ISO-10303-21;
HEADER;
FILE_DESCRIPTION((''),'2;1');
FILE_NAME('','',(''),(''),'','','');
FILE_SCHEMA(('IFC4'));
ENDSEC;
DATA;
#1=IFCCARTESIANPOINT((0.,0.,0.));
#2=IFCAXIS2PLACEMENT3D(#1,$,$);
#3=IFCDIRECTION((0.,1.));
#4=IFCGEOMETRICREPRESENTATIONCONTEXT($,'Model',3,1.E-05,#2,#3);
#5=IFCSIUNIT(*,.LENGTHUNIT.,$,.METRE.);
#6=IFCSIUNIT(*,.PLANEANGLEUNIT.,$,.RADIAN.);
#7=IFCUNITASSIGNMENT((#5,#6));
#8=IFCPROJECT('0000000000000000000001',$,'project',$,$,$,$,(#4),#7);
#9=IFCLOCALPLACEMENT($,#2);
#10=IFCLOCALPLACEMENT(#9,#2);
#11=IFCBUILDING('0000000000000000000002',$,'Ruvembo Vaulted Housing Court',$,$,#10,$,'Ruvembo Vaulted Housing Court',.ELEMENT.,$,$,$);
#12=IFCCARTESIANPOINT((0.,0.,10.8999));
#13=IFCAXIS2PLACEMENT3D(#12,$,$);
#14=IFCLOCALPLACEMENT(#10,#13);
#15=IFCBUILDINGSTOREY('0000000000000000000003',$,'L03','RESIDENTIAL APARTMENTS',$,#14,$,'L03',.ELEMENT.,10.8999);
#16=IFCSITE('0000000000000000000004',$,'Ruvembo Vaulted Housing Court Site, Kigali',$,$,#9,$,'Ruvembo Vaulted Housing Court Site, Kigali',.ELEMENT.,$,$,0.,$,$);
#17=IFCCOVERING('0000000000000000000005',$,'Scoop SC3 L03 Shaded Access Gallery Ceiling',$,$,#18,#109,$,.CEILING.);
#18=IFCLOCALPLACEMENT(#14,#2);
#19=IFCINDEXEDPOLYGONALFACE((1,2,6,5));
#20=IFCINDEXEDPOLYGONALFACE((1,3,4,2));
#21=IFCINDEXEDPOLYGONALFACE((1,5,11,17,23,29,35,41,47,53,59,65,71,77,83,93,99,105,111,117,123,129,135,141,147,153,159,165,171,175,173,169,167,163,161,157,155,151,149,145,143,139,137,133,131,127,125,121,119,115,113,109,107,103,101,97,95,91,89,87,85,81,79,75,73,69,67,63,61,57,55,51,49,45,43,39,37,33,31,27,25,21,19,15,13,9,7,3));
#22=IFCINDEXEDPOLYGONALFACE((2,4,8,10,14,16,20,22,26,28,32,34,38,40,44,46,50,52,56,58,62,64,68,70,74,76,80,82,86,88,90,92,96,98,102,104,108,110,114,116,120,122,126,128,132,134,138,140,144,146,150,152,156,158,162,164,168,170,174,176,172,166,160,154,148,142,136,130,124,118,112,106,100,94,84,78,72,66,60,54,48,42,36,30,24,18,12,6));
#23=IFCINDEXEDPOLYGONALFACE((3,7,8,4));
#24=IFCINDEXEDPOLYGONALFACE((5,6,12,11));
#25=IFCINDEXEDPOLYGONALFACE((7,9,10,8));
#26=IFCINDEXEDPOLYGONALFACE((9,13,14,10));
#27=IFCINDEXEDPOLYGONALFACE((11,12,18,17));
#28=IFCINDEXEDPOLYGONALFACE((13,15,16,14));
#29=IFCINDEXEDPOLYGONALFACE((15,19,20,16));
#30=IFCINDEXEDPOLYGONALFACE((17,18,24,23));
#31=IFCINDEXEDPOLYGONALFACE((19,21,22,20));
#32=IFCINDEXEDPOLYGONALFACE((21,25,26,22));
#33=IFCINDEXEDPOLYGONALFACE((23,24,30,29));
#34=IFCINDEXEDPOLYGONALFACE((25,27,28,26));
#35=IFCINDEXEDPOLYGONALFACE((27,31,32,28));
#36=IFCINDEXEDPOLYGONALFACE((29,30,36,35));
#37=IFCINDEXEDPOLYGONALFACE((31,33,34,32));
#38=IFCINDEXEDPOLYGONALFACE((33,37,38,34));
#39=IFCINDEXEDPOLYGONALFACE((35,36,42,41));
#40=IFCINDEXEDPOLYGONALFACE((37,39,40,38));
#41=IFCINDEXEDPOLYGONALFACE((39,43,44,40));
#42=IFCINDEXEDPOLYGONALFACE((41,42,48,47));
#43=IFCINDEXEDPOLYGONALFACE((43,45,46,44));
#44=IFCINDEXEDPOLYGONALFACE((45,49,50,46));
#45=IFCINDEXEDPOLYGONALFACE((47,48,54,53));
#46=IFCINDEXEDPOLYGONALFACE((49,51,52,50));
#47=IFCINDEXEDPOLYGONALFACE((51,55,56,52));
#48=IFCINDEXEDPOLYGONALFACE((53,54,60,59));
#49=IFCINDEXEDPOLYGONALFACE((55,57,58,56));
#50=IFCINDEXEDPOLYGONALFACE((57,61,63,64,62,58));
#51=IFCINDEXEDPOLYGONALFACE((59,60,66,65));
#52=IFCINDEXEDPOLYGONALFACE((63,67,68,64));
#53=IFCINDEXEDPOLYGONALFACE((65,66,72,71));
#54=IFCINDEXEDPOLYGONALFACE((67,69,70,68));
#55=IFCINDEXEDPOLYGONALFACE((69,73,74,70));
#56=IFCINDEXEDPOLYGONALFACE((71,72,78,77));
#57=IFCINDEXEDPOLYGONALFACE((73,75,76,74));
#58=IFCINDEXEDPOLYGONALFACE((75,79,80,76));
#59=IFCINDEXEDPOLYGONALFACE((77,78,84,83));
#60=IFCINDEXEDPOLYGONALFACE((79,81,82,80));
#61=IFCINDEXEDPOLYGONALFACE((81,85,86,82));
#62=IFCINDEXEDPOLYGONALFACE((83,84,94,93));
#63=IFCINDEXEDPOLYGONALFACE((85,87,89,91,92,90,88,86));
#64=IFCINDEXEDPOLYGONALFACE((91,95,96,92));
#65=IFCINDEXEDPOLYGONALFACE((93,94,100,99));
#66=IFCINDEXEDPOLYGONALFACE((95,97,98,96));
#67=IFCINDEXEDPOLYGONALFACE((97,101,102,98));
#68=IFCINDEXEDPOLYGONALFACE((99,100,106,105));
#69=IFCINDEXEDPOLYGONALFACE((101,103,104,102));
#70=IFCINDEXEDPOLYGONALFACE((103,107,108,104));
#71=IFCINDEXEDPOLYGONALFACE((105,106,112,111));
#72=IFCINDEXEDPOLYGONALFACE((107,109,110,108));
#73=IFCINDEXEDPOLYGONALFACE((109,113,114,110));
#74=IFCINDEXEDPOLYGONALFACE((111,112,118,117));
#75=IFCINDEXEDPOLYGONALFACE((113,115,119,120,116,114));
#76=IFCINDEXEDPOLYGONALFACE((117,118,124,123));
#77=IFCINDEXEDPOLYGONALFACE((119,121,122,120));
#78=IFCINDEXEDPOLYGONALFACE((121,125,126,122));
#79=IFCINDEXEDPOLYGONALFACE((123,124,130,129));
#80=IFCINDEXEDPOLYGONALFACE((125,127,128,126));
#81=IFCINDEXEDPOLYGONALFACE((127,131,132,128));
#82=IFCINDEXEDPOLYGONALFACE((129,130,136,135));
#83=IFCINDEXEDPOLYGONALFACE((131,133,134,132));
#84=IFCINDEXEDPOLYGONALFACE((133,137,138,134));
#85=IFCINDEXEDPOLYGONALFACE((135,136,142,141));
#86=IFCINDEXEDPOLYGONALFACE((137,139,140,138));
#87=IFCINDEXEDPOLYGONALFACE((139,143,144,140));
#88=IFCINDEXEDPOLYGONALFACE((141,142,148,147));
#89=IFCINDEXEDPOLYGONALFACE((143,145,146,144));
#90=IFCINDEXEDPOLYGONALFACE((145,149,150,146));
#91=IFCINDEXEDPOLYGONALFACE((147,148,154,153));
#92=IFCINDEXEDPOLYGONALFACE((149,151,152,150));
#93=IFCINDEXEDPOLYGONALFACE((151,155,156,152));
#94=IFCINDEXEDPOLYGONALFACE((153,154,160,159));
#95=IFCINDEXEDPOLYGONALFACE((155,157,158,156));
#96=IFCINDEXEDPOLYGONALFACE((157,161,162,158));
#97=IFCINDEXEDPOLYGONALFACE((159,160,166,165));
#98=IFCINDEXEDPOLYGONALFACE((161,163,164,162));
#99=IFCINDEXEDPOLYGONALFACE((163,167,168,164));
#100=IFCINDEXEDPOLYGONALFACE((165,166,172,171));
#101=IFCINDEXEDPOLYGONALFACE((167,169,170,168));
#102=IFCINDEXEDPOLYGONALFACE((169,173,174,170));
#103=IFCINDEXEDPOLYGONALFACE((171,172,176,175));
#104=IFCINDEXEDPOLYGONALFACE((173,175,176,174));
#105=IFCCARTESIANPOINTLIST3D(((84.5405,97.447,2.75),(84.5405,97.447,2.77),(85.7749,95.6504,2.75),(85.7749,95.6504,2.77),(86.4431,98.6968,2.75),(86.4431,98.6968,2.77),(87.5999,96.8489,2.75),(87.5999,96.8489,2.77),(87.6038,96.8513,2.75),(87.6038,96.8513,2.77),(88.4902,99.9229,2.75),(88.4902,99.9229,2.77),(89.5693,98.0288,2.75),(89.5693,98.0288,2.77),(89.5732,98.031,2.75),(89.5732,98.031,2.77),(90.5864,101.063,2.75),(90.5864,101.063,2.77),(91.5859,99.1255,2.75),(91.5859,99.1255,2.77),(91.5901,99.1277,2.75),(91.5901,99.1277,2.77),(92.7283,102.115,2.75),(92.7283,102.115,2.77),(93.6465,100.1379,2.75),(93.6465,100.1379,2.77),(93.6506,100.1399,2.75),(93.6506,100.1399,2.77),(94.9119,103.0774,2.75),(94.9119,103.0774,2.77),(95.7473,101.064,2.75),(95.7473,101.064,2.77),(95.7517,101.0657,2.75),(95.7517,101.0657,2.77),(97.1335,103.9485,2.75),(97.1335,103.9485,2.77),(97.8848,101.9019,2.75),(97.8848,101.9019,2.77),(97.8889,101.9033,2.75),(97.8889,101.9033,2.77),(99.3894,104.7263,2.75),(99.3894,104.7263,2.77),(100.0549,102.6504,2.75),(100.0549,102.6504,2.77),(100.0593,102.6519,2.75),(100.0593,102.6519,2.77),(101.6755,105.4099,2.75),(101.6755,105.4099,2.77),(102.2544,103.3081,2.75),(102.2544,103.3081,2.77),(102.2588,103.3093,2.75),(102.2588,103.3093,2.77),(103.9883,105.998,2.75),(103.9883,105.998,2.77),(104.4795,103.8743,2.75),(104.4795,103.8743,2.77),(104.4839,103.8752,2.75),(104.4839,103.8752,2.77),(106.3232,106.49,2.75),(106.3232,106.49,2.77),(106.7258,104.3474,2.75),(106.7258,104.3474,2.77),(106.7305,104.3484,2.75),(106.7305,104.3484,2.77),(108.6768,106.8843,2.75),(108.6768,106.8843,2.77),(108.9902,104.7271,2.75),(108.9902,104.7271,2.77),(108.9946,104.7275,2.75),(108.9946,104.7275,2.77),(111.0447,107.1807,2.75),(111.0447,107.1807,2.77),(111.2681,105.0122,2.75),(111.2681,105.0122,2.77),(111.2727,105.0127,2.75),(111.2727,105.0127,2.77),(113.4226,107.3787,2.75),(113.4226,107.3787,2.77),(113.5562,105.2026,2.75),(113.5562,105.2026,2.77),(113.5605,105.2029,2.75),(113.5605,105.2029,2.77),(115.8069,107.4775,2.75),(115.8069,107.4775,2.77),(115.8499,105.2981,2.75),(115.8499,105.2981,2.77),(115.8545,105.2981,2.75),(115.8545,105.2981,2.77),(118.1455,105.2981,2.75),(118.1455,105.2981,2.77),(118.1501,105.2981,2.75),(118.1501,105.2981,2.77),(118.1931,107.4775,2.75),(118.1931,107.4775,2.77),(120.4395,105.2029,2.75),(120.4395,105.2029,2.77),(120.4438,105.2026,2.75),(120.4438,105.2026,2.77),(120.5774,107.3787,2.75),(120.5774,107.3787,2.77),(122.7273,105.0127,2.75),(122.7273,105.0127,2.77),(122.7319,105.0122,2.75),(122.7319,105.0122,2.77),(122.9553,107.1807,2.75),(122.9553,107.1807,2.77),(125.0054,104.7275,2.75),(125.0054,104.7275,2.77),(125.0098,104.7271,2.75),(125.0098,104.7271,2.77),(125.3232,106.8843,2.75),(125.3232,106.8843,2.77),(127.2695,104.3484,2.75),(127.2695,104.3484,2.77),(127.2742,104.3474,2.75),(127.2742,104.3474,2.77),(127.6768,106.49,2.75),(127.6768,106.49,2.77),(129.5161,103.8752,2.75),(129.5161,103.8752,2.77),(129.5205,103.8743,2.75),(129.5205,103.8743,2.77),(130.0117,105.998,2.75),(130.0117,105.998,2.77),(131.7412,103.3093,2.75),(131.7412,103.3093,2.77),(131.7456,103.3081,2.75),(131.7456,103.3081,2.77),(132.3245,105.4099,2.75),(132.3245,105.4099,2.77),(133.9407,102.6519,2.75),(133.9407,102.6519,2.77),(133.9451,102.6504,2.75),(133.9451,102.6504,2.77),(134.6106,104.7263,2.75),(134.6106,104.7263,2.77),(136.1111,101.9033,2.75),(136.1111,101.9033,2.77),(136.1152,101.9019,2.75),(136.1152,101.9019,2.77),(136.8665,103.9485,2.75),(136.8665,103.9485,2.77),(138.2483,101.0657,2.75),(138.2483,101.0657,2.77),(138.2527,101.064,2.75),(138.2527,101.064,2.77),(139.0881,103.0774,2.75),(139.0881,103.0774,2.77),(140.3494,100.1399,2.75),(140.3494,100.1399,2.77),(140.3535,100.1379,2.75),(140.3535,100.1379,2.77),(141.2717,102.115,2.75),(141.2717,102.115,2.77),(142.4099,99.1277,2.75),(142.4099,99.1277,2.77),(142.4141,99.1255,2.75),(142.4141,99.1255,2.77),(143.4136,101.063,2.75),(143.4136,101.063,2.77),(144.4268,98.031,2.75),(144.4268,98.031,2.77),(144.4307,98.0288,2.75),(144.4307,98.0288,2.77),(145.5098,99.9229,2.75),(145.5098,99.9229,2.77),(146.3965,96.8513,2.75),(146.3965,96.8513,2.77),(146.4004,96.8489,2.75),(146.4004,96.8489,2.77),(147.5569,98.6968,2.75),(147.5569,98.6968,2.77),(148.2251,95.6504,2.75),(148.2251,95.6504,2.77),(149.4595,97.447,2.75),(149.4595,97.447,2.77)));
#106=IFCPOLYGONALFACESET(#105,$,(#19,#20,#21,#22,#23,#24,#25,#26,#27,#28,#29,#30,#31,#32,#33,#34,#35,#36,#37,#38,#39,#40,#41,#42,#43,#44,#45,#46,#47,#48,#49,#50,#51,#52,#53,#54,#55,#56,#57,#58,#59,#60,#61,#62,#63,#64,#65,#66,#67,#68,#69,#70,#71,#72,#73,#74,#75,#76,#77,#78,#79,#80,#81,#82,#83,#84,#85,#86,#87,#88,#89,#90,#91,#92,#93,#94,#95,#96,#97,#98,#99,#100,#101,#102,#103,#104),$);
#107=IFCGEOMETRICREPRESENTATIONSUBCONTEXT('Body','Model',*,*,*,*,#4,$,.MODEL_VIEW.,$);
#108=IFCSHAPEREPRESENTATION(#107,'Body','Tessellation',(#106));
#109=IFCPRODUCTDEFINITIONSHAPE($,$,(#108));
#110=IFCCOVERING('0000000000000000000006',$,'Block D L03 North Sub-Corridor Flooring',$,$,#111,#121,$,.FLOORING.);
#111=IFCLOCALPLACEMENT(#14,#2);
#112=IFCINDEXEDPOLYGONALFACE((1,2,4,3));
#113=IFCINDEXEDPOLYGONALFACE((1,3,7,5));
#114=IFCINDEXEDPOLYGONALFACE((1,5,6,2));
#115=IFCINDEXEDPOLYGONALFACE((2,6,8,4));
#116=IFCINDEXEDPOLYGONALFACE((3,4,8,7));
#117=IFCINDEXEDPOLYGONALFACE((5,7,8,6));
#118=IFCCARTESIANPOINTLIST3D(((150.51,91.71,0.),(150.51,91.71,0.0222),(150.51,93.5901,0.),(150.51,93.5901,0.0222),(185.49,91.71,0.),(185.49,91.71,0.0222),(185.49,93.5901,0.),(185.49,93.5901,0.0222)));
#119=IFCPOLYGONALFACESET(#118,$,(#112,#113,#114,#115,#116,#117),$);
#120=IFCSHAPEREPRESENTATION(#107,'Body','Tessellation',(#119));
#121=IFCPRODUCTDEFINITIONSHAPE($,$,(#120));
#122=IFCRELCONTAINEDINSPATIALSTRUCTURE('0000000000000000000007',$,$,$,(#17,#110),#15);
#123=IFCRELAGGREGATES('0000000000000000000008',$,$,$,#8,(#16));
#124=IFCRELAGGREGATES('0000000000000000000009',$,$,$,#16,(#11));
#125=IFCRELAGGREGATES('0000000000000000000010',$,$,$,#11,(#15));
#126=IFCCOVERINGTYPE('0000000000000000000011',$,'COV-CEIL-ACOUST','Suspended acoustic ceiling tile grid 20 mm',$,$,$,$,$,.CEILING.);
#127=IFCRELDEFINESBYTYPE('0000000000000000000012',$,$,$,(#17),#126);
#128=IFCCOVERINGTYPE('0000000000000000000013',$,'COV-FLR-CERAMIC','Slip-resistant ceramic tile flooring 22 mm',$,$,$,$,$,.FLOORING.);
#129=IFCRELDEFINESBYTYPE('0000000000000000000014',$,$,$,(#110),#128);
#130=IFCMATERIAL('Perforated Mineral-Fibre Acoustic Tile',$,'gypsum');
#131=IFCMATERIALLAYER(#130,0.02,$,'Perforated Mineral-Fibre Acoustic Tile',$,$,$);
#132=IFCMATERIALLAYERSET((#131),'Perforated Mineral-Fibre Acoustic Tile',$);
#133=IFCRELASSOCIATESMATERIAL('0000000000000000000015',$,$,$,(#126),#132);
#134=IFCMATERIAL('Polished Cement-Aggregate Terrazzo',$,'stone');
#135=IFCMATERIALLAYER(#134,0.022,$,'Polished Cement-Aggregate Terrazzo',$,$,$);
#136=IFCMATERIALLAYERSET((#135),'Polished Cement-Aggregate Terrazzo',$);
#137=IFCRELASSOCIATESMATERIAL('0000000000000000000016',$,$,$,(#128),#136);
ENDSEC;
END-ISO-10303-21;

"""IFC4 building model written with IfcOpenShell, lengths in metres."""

from ifc_helpers import new_model, si_unit, direction, frame, origin, place, context, subcontext, project, spatial, polyline, outline, extrude, material, layer, layer_set, type_object, element, save


model = new_model("IFC4")

# Units and contexts
model_context = context("Model", 3, precision=1e-05, world=origin(), true_north=direction((0.0, 1.0)))
body_context = subcontext(model_context, "Body", "Model", "MODEL_VIEW")
ifc_project = project(units=[si_unit("LENGTHUNIT", "METRE"), si_unit("PLANEANGLEUNIT", "RADIAN")], contexts=[model_context])

# Site, building, storey
site_placement = place(None, origin())
site = spatial("IfcSite", under=ifc_project, at=site_placement, Name="Ruvembo Vaulted Housing Court Site, Kigali", LongName="Ruvembo Vaulted Housing Court Site, Kigali", CompositionType="ELEMENT", RefElevation=0.0)
building_placement = place(site_placement, origin())
building = spatial("IfcBuilding", under=site, at=building_placement, Name="Ruvembo Vaulted Housing Court", LongName="Ruvembo Vaulted Housing Court", CompositionType="ELEMENT")
storey_placement = place(building_placement, frame((0.0, 0.0, 10.8999)))
storey = spatial("IfcBuildingStorey", under=building, at=storey_placement, Name="L03", Description="RESIDENTIAL APARTMENTS", LongName="L03", CompositionType="ELEMENT", Elevation=10.8999)

# Coverings
ifc_material_1 = material(Name="Perforated Mineral-Fibre Acoustic Tile", Category="gypsum")
ifc_layer_1 = layer(ifc_material_1, 0.02, Name="Perforated Mineral-Fibre Acoustic Tile")
ifc_layer_set_1 = layer_set([ifc_layer_1], Name="Perforated Mineral-Fibre Acoustic Tile")
covering_type_1 = type_object("IfcCoveringType", Name="COV-CEIL-ACOUST", Description="Suspended acoustic ceiling tile grid 20 mm", PredefinedType="CEILING", material=ifc_layer_set_1)
covering_1_placement = place(storey_placement, frame((0.0, 0.0, 2.75)))
element("IfcCovering", 1, at=covering_1_placement, inside=storey, type_object=covering_type_1, Name="Scoop SC3 L03 Shaded Access Gallery Ceiling", PredefinedType="CEILING", context=body_context, shape_type="SweptSolid", body=[
    extrude(outline(polyline([(87.5999, 96.8489), (87.6038, 96.8513), (89.5693, 98.0288), (89.5732, 98.031), (91.5859, 99.1255), (91.5901, 99.1277), (93.6465, 100.1379), (93.6506, 100.1399), (95.7473, 101.064), (95.7517, 101.0657), (97.8848, 101.9019), (97.8889, 101.9033), (100.0549, 102.6504), (100.0593, 102.6519), (102.2544, 103.3081), (102.2588, 103.3093), (104.4795, 103.8743), (104.4839, 103.8752), (106.7258, 104.3474), (106.7305, 104.3484), (108.9902, 104.7271), (108.9946, 104.7275), (111.2681, 105.0122), (111.2727, 105.0127), (113.5562, 105.2026), (113.5605, 105.2029), (115.8499, 105.2981), (115.8545, 105.2981), (118.1455, 105.2981), (118.1501, 105.2981), (120.4395, 105.2029), (120.4438, 105.2026), (122.7273, 105.0127), (122.7319, 105.0122), (125.0054, 104.7275), (125.0098, 104.7271), (127.2695, 104.3484), (127.2742, 104.3474), (129.5161, 103.8752), (129.5205, 103.8743), (131.7412, 103.3093), (131.7456, 103.3081), (133.9407, 102.6519), (133.9451, 102.6504), (136.1111, 101.9033), (136.1152, 101.9019), (138.2483, 101.0657), (138.2527, 101.064), (140.3494, 100.1399), (140.3535, 100.1379), (142.4099, 99.1277), (142.4141, 99.1255), (144.4268, 98.031), (144.4307, 98.0288), (146.3965, 96.8513), (146.4004, 96.8489), (148.2251, 95.6504), (149.4595, 97.447), (147.5569, 98.6968), (145.5098, 99.9229), (143.4136, 101.063), (141.2717, 102.115), (139.0881, 103.0774), (136.8665, 103.9485), (134.6106, 104.7263), (132.3245, 105.4099), (130.0117, 105.998), (127.6768, 106.49), (125.3232, 106.8843), (122.9553, 107.1807), (120.5774, 107.3787), (118.1931, 107.4775), (115.8069, 107.4775), (113.4226, 107.3787), (111.0447, 107.1807), (108.6768, 106.8843), (106.3232, 106.49), (103.9883, 105.998), (101.6755, 105.4099), (99.3894, 104.7263), (97.1335, 103.9485), (94.9119, 103.0774), (92.7283, 102.115), (90.5864, 101.063), (88.4902, 99.9229), (86.4431, 98.6968), (84.5405, 97.447), (85.7749, 95.6504), (87.5999, 96.8489)])), origin(), (0.0, 0.0, 1.0), 0.02),
])
ifc_material_2 = material(Name="Polished Cement-Aggregate Terrazzo", Category="stone")
ifc_layer_2 = layer(ifc_material_2, 0.022, Name="Polished Cement-Aggregate Terrazzo")
ifc_layer_set_2 = layer_set([ifc_layer_2], Name="Polished Cement-Aggregate Terrazzo")
covering_type_2 = type_object("IfcCoveringType", Name="COV-FLR-CERAMIC", Description="Slip-resistant ceramic tile flooring 22 mm", PredefinedType="FLOORING", material=ifc_layer_set_2)
covering_2_placement = place(storey_placement, origin())
element("IfcCovering", 2, at=covering_2_placement, inside=storey, type_object=covering_type_2, Name="Block D L03 North Sub-Corridor Flooring", PredefinedType="FLOORING", context=body_context, shape_type="SweptSolid", body=[
    extrude(outline(polyline([(150.51, 91.71), (185.49, 91.71), (185.49, 93.5901), (150.51, 93.5901), (150.51, 91.71)])), origin(), (0.0, 0.0, 1.0), 0.0222),
])

save(model, "model.ifc")
